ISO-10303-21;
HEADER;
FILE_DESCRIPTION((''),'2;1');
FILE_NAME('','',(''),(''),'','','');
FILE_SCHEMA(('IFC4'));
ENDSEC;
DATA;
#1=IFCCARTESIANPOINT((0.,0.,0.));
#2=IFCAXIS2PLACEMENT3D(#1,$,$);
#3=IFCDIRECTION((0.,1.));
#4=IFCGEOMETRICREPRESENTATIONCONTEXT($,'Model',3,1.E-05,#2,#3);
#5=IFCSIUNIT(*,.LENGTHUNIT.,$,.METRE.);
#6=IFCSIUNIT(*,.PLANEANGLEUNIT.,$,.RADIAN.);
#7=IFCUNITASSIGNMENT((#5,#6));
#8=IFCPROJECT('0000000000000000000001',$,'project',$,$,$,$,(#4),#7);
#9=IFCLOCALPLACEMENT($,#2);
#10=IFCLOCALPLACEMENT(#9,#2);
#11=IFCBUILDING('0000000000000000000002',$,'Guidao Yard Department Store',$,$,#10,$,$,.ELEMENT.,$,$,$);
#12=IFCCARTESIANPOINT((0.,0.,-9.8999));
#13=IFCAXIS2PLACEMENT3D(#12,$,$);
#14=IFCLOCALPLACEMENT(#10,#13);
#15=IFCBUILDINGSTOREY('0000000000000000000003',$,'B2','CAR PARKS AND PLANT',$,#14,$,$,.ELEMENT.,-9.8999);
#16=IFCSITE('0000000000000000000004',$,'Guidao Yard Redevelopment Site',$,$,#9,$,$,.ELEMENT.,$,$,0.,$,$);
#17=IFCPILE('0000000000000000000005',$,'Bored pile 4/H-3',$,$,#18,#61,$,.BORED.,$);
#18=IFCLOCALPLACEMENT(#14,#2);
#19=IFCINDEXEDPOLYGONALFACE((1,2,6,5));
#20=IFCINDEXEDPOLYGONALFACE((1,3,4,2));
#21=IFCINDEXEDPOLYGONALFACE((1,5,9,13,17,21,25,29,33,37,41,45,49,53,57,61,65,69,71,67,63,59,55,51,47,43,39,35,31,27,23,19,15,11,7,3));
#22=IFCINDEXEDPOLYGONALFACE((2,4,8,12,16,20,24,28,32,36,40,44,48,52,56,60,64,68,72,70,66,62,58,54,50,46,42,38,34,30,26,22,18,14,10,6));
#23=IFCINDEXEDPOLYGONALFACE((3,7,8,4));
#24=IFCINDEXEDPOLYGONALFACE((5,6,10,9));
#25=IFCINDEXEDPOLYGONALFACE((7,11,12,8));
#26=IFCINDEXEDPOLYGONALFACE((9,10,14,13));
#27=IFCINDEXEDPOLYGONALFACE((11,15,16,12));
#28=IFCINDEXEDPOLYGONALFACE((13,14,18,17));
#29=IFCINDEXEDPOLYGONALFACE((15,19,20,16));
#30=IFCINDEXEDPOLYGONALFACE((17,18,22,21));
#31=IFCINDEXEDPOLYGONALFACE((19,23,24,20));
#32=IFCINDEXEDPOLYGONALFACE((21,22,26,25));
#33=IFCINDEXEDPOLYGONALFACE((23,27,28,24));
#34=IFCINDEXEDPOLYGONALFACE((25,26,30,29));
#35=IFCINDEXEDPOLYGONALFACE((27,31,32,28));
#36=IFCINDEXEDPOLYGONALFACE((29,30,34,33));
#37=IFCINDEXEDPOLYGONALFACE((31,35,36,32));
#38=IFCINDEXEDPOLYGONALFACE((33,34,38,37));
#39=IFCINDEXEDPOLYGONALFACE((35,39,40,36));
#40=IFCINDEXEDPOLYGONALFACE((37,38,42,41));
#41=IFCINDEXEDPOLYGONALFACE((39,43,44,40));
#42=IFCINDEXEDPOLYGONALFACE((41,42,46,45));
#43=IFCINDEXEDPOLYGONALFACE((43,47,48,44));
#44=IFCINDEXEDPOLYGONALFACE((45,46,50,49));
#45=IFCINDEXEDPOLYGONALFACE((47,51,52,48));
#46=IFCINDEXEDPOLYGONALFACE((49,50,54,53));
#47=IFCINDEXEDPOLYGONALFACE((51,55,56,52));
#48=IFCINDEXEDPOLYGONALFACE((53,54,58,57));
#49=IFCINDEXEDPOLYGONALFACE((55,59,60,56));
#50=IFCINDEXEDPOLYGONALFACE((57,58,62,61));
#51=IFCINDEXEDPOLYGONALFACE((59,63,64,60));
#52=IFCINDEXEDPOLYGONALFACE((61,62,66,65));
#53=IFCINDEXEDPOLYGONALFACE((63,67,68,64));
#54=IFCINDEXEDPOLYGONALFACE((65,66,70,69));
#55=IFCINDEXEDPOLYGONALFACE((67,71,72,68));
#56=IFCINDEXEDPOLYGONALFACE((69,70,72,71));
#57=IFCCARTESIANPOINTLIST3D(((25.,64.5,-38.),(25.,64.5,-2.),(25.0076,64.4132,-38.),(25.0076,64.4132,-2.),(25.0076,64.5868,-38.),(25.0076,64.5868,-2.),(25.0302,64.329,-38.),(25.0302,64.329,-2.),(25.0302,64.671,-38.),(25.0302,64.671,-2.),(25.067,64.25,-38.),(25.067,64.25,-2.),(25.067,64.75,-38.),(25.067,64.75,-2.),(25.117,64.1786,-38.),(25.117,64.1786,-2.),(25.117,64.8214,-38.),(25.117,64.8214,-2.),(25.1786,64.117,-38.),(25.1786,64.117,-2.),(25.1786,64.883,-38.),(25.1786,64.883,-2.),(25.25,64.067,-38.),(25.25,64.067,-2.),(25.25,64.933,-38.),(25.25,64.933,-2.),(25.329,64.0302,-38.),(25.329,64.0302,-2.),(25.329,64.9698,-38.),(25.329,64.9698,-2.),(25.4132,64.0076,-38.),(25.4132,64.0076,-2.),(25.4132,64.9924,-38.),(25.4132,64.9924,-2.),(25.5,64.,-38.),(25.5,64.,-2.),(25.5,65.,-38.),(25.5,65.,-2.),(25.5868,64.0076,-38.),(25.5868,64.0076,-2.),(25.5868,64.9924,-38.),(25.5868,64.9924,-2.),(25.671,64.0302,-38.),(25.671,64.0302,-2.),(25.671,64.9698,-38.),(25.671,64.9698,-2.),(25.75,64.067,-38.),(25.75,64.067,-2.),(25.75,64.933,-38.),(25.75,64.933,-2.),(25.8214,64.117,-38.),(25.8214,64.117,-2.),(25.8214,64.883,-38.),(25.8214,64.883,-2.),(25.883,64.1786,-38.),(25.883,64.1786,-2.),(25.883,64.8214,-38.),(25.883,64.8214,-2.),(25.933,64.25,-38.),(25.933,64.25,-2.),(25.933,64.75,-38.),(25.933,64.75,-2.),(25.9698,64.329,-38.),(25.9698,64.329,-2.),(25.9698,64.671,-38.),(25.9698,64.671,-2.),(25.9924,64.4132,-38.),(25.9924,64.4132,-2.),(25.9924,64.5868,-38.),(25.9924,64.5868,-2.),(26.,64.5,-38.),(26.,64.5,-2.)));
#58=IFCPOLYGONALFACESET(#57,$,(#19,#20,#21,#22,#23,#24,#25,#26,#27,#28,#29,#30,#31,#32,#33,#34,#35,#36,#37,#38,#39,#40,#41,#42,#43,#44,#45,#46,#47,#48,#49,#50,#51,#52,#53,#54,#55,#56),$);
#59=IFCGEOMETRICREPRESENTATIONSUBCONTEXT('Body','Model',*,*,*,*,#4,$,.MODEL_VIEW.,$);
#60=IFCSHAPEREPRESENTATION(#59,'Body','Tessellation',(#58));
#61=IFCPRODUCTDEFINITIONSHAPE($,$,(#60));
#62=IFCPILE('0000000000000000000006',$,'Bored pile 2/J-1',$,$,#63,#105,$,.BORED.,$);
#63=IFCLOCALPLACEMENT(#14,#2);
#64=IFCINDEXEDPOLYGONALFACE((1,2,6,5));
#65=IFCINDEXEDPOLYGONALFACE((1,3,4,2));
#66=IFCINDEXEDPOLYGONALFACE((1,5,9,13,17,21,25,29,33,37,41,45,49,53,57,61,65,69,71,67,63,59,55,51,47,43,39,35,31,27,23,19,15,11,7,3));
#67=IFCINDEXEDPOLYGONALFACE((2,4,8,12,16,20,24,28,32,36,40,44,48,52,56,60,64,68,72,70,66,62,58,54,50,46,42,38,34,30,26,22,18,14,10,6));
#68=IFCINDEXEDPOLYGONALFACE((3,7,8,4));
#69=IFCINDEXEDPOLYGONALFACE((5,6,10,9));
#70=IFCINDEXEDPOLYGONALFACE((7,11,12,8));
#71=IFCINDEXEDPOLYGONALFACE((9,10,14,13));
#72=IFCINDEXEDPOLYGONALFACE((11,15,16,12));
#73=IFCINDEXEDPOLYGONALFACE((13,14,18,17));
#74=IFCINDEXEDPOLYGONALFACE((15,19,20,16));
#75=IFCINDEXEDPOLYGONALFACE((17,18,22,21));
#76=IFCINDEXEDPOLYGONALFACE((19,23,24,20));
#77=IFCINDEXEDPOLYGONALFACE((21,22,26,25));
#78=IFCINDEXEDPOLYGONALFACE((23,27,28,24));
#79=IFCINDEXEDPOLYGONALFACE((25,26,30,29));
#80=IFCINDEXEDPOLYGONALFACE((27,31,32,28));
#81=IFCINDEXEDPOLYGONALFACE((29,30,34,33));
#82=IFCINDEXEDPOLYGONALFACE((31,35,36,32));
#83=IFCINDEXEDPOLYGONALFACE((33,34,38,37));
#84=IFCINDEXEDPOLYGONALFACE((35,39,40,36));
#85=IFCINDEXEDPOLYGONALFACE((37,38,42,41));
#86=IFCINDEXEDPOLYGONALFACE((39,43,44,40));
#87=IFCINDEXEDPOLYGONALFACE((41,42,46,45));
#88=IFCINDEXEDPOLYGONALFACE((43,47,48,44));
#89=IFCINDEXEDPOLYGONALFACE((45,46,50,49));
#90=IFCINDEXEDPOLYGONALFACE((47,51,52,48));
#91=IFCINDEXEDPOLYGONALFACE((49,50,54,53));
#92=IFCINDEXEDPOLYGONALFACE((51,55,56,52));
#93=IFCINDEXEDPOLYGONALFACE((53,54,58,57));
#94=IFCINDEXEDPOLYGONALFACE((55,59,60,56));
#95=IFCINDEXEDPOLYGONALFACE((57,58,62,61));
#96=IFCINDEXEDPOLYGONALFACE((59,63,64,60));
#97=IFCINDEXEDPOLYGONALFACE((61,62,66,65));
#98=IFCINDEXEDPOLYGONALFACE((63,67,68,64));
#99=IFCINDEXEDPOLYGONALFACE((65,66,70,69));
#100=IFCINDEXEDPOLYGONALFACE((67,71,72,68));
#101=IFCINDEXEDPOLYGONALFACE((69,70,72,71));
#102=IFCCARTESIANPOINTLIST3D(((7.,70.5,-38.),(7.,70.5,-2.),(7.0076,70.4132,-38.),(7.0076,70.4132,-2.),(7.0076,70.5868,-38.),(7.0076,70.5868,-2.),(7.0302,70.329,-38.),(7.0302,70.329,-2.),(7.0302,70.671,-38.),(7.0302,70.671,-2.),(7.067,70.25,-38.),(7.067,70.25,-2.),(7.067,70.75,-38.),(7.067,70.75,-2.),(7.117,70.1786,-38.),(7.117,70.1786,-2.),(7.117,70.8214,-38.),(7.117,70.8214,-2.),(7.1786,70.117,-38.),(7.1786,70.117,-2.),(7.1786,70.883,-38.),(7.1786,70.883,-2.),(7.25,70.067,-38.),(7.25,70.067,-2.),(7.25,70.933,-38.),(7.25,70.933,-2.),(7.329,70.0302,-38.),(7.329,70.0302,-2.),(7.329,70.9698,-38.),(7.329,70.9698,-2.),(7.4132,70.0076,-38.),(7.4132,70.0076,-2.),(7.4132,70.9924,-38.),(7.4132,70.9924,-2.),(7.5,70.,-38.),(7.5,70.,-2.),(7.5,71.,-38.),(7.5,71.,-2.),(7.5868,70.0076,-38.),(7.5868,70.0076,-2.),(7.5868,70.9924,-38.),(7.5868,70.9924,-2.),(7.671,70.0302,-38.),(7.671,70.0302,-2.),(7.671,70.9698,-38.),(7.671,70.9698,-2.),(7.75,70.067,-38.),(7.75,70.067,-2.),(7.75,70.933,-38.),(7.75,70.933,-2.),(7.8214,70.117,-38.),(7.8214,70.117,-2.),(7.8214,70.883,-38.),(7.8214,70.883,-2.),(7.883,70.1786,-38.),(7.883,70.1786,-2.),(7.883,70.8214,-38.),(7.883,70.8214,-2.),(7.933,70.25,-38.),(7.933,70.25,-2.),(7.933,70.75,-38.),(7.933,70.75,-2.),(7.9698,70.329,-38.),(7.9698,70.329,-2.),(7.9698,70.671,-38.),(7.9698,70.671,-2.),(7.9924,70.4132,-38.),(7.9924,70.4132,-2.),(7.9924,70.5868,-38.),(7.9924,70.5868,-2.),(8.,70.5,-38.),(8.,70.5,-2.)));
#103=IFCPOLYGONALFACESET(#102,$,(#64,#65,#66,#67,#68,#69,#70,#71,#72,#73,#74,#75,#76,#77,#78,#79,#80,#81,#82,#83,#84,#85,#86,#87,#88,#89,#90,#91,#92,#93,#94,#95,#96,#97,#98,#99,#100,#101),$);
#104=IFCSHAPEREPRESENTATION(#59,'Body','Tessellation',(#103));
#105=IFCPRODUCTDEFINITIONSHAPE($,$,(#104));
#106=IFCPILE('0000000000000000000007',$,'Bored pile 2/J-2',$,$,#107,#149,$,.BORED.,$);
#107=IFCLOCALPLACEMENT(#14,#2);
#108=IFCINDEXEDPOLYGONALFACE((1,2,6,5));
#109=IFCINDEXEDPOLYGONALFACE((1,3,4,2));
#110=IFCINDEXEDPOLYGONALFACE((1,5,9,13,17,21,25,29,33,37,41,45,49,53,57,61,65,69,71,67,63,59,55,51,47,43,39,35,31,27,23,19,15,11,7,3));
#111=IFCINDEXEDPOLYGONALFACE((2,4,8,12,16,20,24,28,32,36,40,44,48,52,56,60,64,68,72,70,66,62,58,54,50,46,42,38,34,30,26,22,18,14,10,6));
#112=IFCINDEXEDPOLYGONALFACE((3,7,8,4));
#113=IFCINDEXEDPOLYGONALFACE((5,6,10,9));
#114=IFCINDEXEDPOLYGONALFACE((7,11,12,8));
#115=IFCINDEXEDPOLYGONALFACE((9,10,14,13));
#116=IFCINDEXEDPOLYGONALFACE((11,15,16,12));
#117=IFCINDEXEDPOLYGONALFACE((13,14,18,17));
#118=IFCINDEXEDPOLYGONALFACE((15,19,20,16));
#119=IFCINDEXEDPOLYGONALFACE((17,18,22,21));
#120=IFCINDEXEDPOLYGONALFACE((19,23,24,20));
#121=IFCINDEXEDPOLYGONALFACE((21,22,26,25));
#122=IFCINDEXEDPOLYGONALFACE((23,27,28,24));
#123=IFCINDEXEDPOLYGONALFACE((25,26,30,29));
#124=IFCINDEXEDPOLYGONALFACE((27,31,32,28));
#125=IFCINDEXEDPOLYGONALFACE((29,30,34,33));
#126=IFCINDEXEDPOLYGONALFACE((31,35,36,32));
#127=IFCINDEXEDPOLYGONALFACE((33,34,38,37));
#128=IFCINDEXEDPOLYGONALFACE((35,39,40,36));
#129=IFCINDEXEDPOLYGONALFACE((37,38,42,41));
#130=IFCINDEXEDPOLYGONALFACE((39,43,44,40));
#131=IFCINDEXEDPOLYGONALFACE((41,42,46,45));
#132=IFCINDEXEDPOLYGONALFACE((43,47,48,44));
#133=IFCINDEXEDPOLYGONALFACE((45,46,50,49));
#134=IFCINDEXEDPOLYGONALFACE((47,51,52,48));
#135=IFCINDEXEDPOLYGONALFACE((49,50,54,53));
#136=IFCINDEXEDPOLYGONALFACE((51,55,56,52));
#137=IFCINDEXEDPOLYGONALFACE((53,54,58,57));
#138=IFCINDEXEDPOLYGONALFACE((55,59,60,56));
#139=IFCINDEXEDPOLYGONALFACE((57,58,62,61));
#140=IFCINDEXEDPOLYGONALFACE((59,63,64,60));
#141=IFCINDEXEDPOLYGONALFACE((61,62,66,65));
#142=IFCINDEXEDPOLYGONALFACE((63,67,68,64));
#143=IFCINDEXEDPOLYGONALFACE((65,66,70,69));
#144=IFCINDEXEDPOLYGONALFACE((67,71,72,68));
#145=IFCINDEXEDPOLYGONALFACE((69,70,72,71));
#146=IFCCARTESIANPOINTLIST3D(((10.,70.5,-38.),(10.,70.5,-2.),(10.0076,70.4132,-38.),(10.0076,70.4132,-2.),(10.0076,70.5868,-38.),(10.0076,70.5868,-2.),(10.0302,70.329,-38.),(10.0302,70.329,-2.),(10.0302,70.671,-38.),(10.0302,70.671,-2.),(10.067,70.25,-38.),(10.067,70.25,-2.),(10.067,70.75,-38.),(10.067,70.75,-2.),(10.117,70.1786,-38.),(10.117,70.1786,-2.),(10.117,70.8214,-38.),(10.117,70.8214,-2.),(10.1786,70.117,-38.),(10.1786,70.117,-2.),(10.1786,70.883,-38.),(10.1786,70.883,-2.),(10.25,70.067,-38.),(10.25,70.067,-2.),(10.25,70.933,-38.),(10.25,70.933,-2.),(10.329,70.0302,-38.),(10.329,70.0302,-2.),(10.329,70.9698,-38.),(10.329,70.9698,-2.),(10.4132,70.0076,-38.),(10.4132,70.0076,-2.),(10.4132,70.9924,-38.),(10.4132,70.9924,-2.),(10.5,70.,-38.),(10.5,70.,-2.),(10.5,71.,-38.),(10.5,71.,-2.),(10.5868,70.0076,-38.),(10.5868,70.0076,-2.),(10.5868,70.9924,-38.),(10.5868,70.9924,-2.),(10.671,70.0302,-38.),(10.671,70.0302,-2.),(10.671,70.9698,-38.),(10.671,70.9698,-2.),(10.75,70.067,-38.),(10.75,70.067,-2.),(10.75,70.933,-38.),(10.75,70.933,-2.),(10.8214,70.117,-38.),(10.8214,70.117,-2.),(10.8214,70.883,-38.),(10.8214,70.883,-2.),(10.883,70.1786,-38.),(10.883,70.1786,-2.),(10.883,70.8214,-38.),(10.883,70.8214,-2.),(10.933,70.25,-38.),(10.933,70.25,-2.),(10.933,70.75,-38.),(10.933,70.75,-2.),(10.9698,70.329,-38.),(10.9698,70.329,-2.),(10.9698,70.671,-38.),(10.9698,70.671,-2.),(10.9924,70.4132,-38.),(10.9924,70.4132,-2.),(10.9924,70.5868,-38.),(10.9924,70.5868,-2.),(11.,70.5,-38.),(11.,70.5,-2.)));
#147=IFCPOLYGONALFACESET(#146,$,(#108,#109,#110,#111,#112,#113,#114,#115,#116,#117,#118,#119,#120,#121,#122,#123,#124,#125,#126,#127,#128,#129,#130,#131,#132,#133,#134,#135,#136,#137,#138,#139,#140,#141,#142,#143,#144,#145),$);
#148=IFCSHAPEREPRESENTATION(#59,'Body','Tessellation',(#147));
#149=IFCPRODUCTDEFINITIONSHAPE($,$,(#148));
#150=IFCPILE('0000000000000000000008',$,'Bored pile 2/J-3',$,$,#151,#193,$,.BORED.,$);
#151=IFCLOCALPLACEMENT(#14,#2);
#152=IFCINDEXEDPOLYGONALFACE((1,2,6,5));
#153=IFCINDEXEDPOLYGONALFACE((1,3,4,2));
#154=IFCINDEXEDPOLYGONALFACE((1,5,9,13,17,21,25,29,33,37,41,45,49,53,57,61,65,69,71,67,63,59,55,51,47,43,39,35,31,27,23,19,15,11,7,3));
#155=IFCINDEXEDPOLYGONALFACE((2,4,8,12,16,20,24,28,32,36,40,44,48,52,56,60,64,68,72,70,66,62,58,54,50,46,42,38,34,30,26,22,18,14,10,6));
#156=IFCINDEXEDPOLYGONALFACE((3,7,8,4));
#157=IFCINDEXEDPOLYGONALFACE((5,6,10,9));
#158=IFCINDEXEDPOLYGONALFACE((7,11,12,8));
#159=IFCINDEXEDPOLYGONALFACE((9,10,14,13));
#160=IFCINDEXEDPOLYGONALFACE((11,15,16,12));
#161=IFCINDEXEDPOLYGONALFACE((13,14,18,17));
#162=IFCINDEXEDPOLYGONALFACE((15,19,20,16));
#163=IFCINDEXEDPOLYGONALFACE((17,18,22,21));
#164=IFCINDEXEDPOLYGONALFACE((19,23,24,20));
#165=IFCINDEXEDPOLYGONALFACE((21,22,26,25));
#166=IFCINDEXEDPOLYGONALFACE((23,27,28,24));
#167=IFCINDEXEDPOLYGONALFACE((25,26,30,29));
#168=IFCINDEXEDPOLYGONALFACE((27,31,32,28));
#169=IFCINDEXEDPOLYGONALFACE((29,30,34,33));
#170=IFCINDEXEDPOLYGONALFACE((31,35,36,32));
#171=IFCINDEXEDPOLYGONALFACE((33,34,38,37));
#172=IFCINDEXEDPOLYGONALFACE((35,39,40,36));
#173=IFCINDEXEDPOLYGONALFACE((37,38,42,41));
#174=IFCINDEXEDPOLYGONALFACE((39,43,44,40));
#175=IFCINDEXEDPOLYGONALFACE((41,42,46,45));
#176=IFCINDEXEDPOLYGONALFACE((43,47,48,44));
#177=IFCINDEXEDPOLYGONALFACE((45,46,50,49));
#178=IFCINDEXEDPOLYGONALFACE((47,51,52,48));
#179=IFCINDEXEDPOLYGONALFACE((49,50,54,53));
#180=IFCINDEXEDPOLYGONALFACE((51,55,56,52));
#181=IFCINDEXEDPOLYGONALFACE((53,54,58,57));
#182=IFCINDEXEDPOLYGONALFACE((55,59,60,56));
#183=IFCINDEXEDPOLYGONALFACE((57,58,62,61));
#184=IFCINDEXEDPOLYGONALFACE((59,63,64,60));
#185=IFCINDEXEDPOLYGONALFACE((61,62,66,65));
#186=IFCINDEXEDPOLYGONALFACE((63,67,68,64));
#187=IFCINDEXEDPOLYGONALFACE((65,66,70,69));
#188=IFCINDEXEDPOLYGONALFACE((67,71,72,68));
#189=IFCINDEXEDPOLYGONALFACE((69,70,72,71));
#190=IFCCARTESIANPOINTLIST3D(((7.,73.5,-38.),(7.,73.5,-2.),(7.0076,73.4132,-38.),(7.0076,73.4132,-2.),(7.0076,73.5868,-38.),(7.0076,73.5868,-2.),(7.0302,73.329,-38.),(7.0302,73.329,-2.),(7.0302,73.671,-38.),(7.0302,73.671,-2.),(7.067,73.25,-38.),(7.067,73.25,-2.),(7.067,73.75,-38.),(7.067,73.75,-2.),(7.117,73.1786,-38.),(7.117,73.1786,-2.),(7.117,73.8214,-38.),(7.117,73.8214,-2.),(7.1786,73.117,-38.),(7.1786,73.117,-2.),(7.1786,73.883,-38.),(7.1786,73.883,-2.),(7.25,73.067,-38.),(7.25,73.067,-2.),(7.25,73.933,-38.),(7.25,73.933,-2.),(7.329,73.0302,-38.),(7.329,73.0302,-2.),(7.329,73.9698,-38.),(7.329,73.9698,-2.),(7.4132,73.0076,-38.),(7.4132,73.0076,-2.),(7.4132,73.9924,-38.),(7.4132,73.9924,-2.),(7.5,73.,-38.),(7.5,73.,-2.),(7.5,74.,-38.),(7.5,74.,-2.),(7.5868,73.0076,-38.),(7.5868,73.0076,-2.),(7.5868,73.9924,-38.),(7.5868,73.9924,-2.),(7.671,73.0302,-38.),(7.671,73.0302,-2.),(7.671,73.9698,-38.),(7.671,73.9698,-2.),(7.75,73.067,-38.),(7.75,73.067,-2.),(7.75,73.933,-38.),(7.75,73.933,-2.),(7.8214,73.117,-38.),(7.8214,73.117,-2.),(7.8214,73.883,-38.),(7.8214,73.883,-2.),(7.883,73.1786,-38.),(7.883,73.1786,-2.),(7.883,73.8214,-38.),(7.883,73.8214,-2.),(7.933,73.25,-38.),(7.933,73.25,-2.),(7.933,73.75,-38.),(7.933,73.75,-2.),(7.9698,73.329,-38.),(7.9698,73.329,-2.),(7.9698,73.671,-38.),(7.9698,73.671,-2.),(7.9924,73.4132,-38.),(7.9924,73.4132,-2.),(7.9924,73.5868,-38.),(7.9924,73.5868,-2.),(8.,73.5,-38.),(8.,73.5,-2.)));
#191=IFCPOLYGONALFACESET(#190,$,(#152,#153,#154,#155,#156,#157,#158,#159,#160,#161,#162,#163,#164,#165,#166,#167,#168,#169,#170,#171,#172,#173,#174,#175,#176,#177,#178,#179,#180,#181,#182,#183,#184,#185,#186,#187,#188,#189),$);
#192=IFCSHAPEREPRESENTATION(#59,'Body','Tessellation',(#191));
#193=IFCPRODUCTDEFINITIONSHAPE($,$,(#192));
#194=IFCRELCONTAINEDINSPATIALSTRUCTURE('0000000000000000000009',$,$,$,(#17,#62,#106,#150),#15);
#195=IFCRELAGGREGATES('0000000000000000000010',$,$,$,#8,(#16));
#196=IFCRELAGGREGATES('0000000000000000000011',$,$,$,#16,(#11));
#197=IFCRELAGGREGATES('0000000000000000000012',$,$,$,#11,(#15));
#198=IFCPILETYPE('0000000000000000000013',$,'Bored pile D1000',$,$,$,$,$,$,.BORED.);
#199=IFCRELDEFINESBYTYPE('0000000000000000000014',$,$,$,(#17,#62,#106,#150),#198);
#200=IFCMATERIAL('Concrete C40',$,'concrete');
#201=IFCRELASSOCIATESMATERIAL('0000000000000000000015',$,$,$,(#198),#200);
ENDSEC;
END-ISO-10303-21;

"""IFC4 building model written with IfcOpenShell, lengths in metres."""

from ifc_helpers import new_model, si_unit, direction, frame, origin, origin_2d, place, context, subcontext, project, spatial, circle, extrude, material, material_profile, profile_set, type_object, element, save


model = new_model("IFC4")

# Units and contexts
model_context = context("Model", 3, precision=1e-05, world=origin(), true_north=direction((0.0, 1.0)))
body_context = subcontext(model_context, "Body", "Model", "MODEL_VIEW")
ifc_project = project(units=[si_unit("LENGTHUNIT", "METRE"), si_unit("PLANEANGLEUNIT", "RADIAN")], contexts=[model_context])

# Site, building, storey
site_placement = place(None, origin())
site = spatial("IfcSite", under=ifc_project, at=site_placement, Name="Guidao Yard Redevelopment Site", CompositionType="ELEMENT", RefElevation=0.0)
building_placement = place(site_placement, origin())
building = spatial("IfcBuilding", under=site, at=building_placement, Name="Guidao Yard Department Store", CompositionType="ELEMENT")
storey_placement = place(building_placement, frame((0.0, 0.0, -9.8999)))
storey = spatial("IfcBuildingStorey", under=building, at=storey_placement, Name="B2", Description="CAR PARKS AND PLANT", CompositionType="ELEMENT", Elevation=-9.8999)

# Piles
ifc_material_1 = material(Name="Concrete C40", Category="concrete")
ifc_material_profile_1 = material_profile(ifc_material_1, circle(Radius=0.5, at=origin_2d()), Name="Bored pile D1000")
ifc_profile_set_1 = profile_set([ifc_material_profile_1], Name="Concrete C40")
pile_type = type_object("IfcPileType", Name="Bored pile D1000", PredefinedType="BORED", material=ifc_profile_set_1)
for number, where, z_axis, x_axis, name in (
    (1, (25.5, 64.5, -2.0), (0.0, 0.0, -1.0), (1.0, 0.0, 0.0), "Bored pile 4/H-3"),
    (2, (7.5, 70.5, -2.0), (0.0, 0.0, -1.0), (1.0, 0.0, 0.0), "Bored pile 2/J-1"),
    (3, (10.5, 70.5, -2.0), (0.0, 0.0, -1.0), (1.0, 0.0, 0.0), "Bored pile 2/J-2"),
    (4, (7.5, 73.5, -2.0), (0.0, 0.0, -1.0), (1.0, 0.0, 0.0), "Bored pile 2/J-3"),
):
    element("IfcPile", number, at=place(storey_placement, frame(where, z_axis=z_axis, x_axis=x_axis)), inside=storey, type_object=pile_type, Name=name, PredefinedType="BORED", context=body_context, shape_type="SweptSolid", body=[
        extrude(circle(Radius=0.5, at=origin_2d()), origin(), (0.0, 0.0, 1.0), 36.0),
    ])

save(model, "model.ifc")
